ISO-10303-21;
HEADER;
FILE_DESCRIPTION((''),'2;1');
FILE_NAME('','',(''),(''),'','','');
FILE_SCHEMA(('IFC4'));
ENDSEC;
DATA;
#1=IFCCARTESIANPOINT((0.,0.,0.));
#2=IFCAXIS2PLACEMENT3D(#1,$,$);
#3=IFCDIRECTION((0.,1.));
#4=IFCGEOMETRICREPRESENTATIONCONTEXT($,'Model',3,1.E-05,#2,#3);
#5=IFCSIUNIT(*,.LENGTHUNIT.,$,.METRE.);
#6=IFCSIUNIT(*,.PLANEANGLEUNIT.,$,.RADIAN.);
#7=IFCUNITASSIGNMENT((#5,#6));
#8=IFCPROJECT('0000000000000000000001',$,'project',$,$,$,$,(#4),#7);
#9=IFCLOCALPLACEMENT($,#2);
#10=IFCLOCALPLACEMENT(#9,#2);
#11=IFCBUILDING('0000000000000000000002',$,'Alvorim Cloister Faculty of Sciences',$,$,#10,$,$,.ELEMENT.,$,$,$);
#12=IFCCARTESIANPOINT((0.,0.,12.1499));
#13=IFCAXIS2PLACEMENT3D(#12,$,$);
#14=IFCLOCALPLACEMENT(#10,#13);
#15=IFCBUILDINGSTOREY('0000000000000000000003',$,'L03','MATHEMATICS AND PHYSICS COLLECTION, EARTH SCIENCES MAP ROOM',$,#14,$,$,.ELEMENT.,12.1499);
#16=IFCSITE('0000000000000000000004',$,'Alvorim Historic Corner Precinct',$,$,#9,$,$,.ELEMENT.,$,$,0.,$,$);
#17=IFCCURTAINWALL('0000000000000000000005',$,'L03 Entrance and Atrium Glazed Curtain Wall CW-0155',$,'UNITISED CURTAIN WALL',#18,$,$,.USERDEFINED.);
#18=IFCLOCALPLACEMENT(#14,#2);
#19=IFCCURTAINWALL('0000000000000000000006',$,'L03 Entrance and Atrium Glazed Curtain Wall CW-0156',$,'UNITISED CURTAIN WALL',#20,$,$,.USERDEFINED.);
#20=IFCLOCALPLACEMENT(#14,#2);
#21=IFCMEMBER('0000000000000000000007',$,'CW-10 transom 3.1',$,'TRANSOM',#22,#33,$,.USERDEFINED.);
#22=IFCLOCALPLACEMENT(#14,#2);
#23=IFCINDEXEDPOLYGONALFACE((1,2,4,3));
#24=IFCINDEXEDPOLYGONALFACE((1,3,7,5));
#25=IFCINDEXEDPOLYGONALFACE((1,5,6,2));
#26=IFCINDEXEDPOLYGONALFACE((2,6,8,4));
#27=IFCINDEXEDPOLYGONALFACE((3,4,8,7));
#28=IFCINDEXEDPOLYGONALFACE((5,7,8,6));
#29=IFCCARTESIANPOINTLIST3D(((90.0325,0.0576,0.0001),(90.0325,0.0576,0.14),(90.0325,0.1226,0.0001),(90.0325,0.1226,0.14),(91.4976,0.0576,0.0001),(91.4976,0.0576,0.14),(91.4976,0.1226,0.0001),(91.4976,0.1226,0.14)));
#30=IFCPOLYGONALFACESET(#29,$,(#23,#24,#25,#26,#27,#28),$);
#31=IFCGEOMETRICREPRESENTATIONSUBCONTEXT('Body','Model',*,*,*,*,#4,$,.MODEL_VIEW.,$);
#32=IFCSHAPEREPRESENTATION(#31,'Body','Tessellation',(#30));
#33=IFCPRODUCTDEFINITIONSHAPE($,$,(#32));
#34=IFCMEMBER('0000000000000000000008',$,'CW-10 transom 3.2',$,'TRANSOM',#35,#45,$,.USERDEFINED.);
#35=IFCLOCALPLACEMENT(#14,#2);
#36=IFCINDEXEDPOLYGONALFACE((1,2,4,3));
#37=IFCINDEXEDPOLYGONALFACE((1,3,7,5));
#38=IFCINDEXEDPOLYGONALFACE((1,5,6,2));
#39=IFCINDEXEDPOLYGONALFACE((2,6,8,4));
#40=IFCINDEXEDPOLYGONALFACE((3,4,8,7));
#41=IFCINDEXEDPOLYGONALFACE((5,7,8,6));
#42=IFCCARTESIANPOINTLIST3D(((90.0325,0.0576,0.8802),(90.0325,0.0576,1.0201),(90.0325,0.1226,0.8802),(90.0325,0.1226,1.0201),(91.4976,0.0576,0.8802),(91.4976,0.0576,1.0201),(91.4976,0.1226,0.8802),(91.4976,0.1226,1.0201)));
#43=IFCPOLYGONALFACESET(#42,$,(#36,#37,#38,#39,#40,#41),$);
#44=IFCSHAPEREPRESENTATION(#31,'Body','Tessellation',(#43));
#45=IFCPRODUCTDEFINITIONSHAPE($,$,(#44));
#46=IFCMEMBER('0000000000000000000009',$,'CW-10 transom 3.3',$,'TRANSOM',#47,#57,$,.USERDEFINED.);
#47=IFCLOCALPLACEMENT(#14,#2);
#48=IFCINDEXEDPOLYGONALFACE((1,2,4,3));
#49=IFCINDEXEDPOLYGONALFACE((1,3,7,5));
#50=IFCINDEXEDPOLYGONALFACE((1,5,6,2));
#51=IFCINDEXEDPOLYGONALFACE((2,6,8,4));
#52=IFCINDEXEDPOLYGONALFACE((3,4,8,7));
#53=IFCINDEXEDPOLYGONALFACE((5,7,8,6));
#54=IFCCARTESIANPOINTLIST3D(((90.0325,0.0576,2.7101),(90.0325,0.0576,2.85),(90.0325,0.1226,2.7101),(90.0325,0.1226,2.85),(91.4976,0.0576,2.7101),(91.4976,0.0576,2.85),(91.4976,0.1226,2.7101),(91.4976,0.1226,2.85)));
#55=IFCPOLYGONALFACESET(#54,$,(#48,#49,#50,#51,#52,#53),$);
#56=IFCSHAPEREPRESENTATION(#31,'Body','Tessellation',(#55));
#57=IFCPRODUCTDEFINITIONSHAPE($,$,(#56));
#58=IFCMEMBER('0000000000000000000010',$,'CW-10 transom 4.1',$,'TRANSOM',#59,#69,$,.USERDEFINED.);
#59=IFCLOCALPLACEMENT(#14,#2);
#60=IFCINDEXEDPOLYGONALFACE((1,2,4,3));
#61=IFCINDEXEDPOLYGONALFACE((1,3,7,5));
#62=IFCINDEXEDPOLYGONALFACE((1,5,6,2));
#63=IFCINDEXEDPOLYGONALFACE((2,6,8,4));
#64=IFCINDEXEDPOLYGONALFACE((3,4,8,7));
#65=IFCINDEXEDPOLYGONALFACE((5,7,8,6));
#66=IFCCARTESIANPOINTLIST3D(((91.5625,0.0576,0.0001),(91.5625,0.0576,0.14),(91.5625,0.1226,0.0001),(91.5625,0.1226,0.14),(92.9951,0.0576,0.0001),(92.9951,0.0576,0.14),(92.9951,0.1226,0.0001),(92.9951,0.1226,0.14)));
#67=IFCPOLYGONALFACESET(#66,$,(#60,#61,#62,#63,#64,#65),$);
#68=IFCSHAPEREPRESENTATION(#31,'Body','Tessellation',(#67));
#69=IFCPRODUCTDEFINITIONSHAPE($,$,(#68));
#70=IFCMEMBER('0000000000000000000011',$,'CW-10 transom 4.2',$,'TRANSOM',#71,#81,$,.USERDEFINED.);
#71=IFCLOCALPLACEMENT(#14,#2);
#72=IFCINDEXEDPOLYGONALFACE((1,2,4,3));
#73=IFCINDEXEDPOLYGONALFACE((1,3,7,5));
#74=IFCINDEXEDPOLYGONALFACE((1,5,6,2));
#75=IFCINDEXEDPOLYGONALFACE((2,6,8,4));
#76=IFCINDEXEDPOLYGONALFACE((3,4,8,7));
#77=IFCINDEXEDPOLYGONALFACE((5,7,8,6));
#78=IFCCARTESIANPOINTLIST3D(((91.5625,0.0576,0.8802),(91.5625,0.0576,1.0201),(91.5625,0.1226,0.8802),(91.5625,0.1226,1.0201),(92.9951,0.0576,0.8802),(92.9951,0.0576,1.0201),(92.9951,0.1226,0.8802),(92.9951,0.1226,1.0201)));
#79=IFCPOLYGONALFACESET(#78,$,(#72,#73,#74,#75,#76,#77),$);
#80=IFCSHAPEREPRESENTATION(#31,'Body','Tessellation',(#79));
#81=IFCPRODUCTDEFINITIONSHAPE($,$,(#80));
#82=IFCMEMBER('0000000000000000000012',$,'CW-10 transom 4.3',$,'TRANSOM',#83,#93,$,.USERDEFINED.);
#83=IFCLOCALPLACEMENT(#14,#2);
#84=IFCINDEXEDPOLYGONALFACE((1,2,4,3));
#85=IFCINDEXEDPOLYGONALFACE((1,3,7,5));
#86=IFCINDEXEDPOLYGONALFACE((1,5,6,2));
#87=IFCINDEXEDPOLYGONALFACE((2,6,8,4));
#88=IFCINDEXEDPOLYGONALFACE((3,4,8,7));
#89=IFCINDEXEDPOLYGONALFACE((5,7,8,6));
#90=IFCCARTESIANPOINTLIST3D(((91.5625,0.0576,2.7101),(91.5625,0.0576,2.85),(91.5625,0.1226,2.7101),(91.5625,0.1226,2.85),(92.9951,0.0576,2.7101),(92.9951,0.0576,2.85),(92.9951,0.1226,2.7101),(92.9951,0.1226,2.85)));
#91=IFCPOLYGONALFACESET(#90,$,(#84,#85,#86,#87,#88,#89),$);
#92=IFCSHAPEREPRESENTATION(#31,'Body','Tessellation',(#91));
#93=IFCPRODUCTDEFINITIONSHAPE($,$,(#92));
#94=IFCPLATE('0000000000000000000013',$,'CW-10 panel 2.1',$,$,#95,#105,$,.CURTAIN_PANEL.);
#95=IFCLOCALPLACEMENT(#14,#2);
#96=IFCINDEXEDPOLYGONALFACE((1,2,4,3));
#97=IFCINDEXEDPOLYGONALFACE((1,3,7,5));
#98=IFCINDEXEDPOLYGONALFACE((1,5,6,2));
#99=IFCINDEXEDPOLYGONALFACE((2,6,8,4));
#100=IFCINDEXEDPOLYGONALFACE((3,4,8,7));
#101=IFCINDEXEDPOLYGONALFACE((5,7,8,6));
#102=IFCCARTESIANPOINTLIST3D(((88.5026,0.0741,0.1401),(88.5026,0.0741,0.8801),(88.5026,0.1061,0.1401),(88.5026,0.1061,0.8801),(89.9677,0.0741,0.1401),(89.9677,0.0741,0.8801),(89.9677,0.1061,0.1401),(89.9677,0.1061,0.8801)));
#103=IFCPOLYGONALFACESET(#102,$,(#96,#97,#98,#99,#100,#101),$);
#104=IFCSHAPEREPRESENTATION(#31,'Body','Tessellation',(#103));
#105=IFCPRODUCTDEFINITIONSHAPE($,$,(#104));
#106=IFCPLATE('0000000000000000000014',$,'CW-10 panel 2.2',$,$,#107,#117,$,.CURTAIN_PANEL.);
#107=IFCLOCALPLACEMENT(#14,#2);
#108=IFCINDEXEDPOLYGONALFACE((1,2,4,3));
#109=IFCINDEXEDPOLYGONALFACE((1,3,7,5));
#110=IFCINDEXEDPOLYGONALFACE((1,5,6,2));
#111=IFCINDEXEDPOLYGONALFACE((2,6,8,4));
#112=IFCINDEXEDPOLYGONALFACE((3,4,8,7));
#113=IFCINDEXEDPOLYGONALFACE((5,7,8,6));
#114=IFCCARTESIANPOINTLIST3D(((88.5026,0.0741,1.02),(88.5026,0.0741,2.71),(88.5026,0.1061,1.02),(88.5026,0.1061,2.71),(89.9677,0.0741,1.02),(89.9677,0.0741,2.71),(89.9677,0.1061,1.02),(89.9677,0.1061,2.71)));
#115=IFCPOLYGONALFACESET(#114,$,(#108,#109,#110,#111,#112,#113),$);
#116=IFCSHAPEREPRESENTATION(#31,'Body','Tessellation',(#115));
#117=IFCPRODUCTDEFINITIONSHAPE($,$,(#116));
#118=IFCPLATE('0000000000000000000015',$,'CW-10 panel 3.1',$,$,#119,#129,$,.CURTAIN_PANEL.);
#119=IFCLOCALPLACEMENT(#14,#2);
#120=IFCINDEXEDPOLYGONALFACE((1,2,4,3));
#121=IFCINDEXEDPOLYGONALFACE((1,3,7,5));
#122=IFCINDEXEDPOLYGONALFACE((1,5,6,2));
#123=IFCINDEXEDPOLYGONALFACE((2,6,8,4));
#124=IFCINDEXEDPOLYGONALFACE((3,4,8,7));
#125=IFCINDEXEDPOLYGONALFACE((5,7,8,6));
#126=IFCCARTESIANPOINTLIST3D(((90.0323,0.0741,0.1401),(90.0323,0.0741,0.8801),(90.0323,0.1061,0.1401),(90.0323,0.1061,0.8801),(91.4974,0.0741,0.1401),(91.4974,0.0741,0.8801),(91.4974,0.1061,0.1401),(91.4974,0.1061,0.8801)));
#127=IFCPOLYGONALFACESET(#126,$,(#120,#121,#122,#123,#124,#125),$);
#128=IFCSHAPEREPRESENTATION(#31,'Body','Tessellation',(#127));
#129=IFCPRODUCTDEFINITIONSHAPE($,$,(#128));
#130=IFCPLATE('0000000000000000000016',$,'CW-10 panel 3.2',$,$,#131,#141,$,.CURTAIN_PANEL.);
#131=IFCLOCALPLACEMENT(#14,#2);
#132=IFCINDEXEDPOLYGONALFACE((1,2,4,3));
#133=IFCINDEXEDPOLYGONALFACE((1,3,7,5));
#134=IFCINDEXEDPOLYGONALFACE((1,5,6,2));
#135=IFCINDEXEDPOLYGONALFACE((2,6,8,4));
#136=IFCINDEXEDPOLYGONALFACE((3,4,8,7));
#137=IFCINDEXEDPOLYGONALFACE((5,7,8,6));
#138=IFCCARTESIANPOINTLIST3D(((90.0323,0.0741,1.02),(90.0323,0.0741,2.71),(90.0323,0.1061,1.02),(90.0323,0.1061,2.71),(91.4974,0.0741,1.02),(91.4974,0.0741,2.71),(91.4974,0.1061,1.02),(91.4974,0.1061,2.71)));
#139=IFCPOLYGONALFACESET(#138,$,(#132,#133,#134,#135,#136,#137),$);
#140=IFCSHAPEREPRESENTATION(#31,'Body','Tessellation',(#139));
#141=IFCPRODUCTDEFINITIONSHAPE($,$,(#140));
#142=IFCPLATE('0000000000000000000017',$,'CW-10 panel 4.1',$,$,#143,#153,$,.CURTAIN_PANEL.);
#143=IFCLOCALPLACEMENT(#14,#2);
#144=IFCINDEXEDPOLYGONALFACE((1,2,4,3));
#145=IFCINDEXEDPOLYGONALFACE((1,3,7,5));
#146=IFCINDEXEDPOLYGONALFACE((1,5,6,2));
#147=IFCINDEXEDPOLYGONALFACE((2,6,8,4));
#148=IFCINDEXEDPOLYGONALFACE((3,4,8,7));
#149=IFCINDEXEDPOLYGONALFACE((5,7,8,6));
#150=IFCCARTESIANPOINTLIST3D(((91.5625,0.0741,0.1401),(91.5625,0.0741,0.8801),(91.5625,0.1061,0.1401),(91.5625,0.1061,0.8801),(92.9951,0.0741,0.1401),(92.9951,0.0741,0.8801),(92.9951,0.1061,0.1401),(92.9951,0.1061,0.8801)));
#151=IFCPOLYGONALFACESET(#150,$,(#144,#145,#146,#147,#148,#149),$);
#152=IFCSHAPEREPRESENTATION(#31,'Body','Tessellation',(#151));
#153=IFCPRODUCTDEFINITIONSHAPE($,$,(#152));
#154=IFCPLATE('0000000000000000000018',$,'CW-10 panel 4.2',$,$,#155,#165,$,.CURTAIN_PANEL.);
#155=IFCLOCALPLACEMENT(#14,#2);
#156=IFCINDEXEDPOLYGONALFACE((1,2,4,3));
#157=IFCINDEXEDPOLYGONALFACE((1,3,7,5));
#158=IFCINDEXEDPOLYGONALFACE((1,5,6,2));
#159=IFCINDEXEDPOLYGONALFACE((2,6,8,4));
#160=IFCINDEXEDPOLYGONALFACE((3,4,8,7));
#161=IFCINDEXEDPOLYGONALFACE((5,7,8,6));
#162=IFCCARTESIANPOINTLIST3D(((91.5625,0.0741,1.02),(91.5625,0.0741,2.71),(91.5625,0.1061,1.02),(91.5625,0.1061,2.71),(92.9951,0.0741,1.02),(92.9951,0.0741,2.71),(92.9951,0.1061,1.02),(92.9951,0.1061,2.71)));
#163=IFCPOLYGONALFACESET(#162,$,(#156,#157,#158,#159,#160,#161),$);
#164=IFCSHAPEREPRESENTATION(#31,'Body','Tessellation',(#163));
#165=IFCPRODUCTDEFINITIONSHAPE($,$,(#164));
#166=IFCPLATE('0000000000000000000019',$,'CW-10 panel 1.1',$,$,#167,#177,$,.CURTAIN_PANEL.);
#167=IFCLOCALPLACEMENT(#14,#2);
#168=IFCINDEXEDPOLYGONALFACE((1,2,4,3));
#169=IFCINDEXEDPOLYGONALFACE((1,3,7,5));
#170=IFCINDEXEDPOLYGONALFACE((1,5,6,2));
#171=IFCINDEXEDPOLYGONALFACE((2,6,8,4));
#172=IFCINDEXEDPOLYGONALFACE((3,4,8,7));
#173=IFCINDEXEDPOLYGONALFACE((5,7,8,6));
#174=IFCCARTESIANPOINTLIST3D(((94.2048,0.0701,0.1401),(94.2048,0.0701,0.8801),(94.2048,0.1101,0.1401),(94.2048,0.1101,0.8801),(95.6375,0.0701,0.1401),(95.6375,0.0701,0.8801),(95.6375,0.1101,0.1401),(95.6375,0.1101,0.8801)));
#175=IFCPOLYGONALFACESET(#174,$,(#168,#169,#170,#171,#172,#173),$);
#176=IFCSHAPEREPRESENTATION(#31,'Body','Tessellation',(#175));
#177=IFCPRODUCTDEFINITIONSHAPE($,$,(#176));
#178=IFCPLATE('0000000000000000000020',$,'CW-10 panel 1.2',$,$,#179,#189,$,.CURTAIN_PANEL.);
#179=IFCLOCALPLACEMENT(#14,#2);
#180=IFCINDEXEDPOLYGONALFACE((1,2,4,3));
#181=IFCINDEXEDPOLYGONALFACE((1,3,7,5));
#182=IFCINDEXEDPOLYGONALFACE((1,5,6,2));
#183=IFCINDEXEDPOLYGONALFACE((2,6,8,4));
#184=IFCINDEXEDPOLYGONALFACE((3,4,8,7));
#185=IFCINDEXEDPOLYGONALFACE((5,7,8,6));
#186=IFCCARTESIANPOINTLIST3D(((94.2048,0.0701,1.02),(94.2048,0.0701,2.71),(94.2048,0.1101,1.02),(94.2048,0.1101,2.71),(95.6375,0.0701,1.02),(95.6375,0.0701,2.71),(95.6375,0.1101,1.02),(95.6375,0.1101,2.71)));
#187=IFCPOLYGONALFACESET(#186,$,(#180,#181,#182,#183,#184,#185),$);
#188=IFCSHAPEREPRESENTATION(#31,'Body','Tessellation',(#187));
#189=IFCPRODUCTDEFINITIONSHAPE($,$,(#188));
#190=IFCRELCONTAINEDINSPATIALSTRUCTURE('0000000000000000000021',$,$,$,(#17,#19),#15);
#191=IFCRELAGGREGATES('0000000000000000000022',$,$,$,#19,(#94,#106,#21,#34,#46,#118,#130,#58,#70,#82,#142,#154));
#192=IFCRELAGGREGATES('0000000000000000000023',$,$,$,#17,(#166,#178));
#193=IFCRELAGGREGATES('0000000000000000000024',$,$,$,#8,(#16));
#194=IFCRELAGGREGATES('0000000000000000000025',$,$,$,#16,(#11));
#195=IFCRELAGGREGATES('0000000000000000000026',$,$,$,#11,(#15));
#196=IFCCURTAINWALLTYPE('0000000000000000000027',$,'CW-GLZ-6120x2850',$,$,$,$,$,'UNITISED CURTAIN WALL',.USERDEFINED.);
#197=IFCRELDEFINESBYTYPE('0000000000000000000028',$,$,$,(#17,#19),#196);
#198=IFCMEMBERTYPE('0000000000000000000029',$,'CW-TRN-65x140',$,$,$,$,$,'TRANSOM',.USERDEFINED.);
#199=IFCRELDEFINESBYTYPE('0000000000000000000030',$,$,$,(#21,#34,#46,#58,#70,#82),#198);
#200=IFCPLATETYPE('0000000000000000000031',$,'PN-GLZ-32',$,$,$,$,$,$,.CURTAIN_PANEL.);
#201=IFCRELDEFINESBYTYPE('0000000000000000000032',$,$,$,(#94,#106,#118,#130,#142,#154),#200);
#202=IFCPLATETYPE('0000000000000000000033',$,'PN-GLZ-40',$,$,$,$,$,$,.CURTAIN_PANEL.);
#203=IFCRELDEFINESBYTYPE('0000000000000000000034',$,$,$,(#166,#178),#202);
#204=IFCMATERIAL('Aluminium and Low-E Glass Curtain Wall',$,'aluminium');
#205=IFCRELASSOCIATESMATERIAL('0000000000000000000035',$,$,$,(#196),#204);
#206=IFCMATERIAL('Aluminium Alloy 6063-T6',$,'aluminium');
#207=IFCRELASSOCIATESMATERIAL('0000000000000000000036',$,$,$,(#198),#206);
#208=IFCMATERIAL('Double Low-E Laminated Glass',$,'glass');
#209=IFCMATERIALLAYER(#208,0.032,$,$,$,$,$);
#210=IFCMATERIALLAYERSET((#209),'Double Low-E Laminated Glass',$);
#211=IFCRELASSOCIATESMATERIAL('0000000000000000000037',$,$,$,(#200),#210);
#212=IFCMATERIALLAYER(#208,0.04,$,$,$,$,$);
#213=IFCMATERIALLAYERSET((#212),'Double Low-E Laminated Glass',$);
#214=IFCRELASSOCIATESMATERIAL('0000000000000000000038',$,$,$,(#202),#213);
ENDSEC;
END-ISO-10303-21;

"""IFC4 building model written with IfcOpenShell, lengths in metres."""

from ifc_helpers import new_model, si_unit, direction, frame, origin, origin_2d, place, context, subcontext, project, spatial, rectangle, extrude, material, layer, layer_set, material_profile, profile_set, type_object, element, aggregate, save


model = new_model("IFC4")

# Units and contexts
model_context = context("Model", 3, precision=1e-05, world=origin(), true_north=direction((0.0, 1.0)))
body_context = subcontext(model_context, "Body", "Model", "MODEL_VIEW")
ifc_project = project(units=[si_unit("LENGTHUNIT", "METRE"), si_unit("PLANEANGLEUNIT", "RADIAN")], contexts=[model_context])

# Site, building, storey
site_placement = place(None, origin())
site = spatial("IfcSite", under=ifc_project, at=site_placement, Name="Alvorim Historic Corner Precinct", CompositionType="ELEMENT", RefElevation=0.0)
building_placement = place(site_placement, origin())
building = spatial("IfcBuilding", under=site, at=building_placement, Name="Alvorim Cloister Faculty of Sciences", CompositionType="ELEMENT")
storey_placement = place(building_placement, frame((0.0, 0.0, 12.1499)))
storey = spatial("IfcBuildingStorey", under=building, at=storey_placement, Name="L03", Description="MATHEMATICS AND PHYSICS COLLECTION, EARTH SCIENCES MAP ROOM", CompositionType="ELEMENT", Elevation=12.1499)

# Curtain walls
ifc_material_1 = material(Name="Aluminium and Low-E Glass Curtain Wall", Category="aluminium")
curtain_wall_type = type_object("IfcCurtainWallType", Name="CW-GLZ-6120x2850", ElementType="UNITISED CURTAIN WALL", PredefinedType="USERDEFINED", material=ifc_material_1)
curtain_wall_1_placement = place(storey_placement, origin())
curtain_wall_1 = element("IfcCurtainWall", 1, at=curtain_wall_1_placement, inside=storey, type_object=curtain_wall_type, Name="L03 Entrance and Atrium Glazed Curtain Wall CW-0155", ObjectType="UNITISED CURTAIN WALL", PredefinedType="USERDEFINED")
ifc_material_2 = material(Name="Aluminium Alloy 6063-T6", Category="aluminium")
curtain_wall_2_placement = place(storey_placement, origin())
curtain_wall_2 = element("IfcCurtainWall", 2, at=curtain_wall_2_placement, inside=storey, type_object=curtain_wall_type, Name="L03 Entrance and Atrium Glazed Curtain Wall CW-0156", ObjectType="UNITISED CURTAIN WALL", PredefinedType="USERDEFINED")

# Members
ifc_material_profile_1 = material_profile(ifc_material_2, rectangle(XDim=0.0649, YDim=0.1399, at=origin_2d()), Name="ALU-TRN-65x140")
ifc_profile_set_1 = profile_set([ifc_material_profile_1], Name="Aluminium Alloy 6063-T6")
member_type_1 = type_object("IfcMemberType", Name="CW-TRN-65x140", ElementType="TRANSOM", PredefinedType="USERDEFINED", material=ifc_profile_set_1)
member_1_placement = place(storey_placement, frame((90.0325, 0.0901, 0.0701), z_axis=(1.0, 0.0, 0.0), x_axis=(0.0, 1.0, 0.0)))
member_1 = element("IfcMember", 3, at=member_1_placement, type_object=member_type_1, Name="CW-10 transom 3.1", ObjectType="TRANSOM", PredefinedType="USERDEFINED", context=body_context, shape_type="SweptSolid", body=[
    extrude(rectangle(XDim=0.0649, YDim=0.1399, at=origin_2d()), origin(), (0.0, 0.0, 1.0), 1.4651),
])
member_2_placement = place(storey_placement, frame((90.0325, 0.0901, 0.9502), z_axis=(1.0, 0.0, 0.0), x_axis=(0.0, 1.0, 0.0)))
member_2 = element("IfcMember", 4, at=member_2_placement, type_object=member_type_1, Name="CW-10 transom 3.2", ObjectType="TRANSOM", PredefinedType="USERDEFINED", context=body_context, shape_type="SweptSolid", body=[
    extrude(rectangle(XDim=0.0649, YDim=0.1399, at=origin_2d()), origin(), (0.0, 0.0, 1.0), 1.4651),
])
member_3_placement = place(storey_placement, frame((90.0325, 0.0901, 2.78), z_axis=(1.0, 0.0, 0.0), x_axis=(0.0, 1.0, 0.0)))
member_3 = element("IfcMember", 5, at=member_3_placement, type_object=member_type_1, Name="CW-10 transom 3.3", ObjectType="TRANSOM", PredefinedType="USERDEFINED", context=body_context, shape_type="SweptSolid", body=[
    extrude(rectangle(XDim=0.0649, YDim=0.1399, at=origin_2d()), origin(), (0.0, 0.0, 1.0), 1.4651),
])
member_4_placement = place(storey_placement, frame((91.5625, 0.0901, 0.0701), z_axis=(1.0, 0.0, 0.0), x_axis=(0.0, 1.0, 0.0)))
member_4 = element("IfcMember", 6, at=member_4_placement, type_object=member_type_1, Name="CW-10 transom 4.1", ObjectType="TRANSOM", PredefinedType="USERDEFINED", context=body_context, shape_type="SweptSolid", body=[
    extrude(rectangle(XDim=0.0649, YDim=0.1399, at=origin_2d()), origin(), (0.0, 0.0, 1.0), 1.4326),
])
member_5_placement = place(storey_placement, frame((91.5625, 0.0901, 0.9502), z_axis=(1.0, 0.0, 0.0), x_axis=(0.0, 1.0, 0.0)))
member_5 = element("IfcMember", 7, at=member_5_placement, type_object=member_type_1, Name="CW-10 transom 4.2", ObjectType="TRANSOM", PredefinedType="USERDEFINED", context=body_context, shape_type="SweptSolid", body=[
    extrude(rectangle(XDim=0.0649, YDim=0.1399, at=origin_2d()), origin(), (0.0, 0.0, 1.0), 1.4326),
])
member_6_placement = place(storey_placement, frame((91.5625, 0.0901, 2.78), z_axis=(1.0, 0.0, 0.0), x_axis=(0.0, 1.0, 0.0)))
member_6 = element("IfcMember", 8, at=member_6_placement, type_object=member_type_1, Name="CW-10 transom 4.3", ObjectType="TRANSOM", PredefinedType="USERDEFINED", context=body_context, shape_type="SweptSolid", body=[
    extrude(rectangle(XDim=0.0649, YDim=0.1399, at=origin_2d()), origin(), (0.0, 0.0, 1.0), 1.4326),
])

# Plates
ifc_material_3 = material(Name="Double Low-E Laminated Glass", Category="glass")
ifc_layer_1 = layer(ifc_material_3, 0.032)
ifc_layer_set_1 = layer_set([ifc_layer_1], Name="Double Low-E Laminated Glass")
plate_type_1 = type_object("IfcPlateType", Name="PN-GLZ-32", PredefinedType="CURTAIN_PANEL", material=ifc_layer_set_1)
plate_1_placement = place(storey_placement, frame((89.2351, 0.0901, 0.1401), z_axis=(0.0, 0.0, 1.0), x_axis=(1.0, 0.0, 0.0)))
plate_1 = element("IfcPlate", 9, at=plate_1_placement, type_object=plate_type_1, Name="CW-10 panel 2.1", PredefinedType="CURTAIN_PANEL", context=body_context, shape_type="SweptSolid", body=[
    extrude(rectangle(XDim=1.4651, YDim=0.032, at=origin_2d()), origin(), (0.0, 0.0, 1.0), 0.74),
])
plate_2_placement = place(storey_placement, frame((89.2351, 0.0901, 1.02), z_axis=(0.0, 0.0, 1.0), x_axis=(1.0, 0.0, 0.0)))
plate_2 = element("IfcPlate", 10, at=plate_2_placement, type_object=plate_type_1, Name="CW-10 panel 2.2", PredefinedType="CURTAIN_PANEL", context=body_context, shape_type="SweptSolid", body=[
    extrude(rectangle(XDim=1.4651, YDim=0.032, at=origin_2d()), origin(), (0.0, 0.0, 1.0), 1.6899),
])
plate_3_placement = place(storey_placement, frame((90.7649, 0.0901, 0.1401), z_axis=(0.0, 0.0, 1.0), x_axis=(1.0, 0.0, 0.0)))
plate_3 = element("IfcPlate", 11, at=plate_3_placement, type_object=plate_type_1, Name="CW-10 panel 3.1", PredefinedType="CURTAIN_PANEL", context=body_context, shape_type="SweptSolid", body=[
    extrude(rectangle(XDim=1.4651, YDim=0.032, at=origin_2d()), origin(), (0.0, 0.0, 1.0), 0.74),
])
plate_4_placement = place(storey_placement, frame((90.7649, 0.0901, 1.02), z_axis=(0.0, 0.0, 1.0), x_axis=(1.0, 0.0, 0.0)))
plate_4 = element("IfcPlate", 12, at=plate_4_placement, type_object=plate_type_1, Name="CW-10 panel 3.2", PredefinedType="CURTAIN_PANEL", context=body_context, shape_type="SweptSolid", body=[
    extrude(rectangle(XDim=1.4651, YDim=0.032, at=origin_2d()), origin(), (0.0, 0.0, 1.0), 1.6899),
])
plate_5_placement = place(storey_placement, frame((92.2788, 0.0901, 0.1401), z_axis=(0.0, 0.0, 1.0), x_axis=(1.0, 0.0, 0.0)))
plate_5 = element("IfcPlate", 13, at=plate_5_placement, type_object=plate_type_1, Name="CW-10 panel 4.1", PredefinedType="CURTAIN_PANEL", context=body_context, shape_type="SweptSolid", body=[
    extrude(rectangle(XDim=1.4326, YDim=0.032, at=origin_2d()), origin(), (0.0, 0.0, 1.0), 0.74),
])
plate_6_placement = place(storey_placement, frame((92.2788, 0.0901, 1.02), z_axis=(0.0, 0.0, 1.0), x_axis=(1.0, 0.0, 0.0)))
plate_6 = element("IfcPlate", 14, at=plate_6_placement, type_object=plate_type_1, Name="CW-10 panel 4.2", PredefinedType="CURTAIN_PANEL", context=body_context, shape_type="SweptSolid", body=[
    extrude(rectangle(XDim=1.4326, YDim=0.032, at=origin_2d()), origin(), (0.0, 0.0, 1.0), 1.6899),
])
aggregate(curtain_wall_2, [plate_1, plate_2, member_1, member_2, member_3, plate_3, plate_4, member_4, member_5, member_6, plate_5, plate_6])
ifc_layer_2 = layer(ifc_material_3, 0.04)
ifc_layer_set_2 = layer_set([ifc_layer_2], Name="Double Low-E Laminated Glass")
plate_type_2 = type_object("IfcPlateType", Name="PN-GLZ-40", PredefinedType="CURTAIN_PANEL", material=ifc_layer_set_2)
plate_7_placement = place(storey_placement, frame((94.9211, 0.0901, 0.1401), z_axis=(0.0, 0.0, 1.0), x_axis=(1.0, 0.0, 0.0)))
plate_7 = element("IfcPlate", 15, at=plate_7_placement, type_object=plate_type_2, Name="CW-10 panel 1.1", PredefinedType="CURTAIN_PANEL", context=body_context, shape_type="SweptSolid", body=[
    extrude(rectangle(XDim=1.4326, YDim=0.04, at=origin_2d()), origin(), (0.0, 0.0, 1.0), 0.74),
])
plate_8_placement = place(storey_placement, frame((94.9211, 0.0901, 1.02), z_axis=(0.0, 0.0, 1.0), x_axis=(1.0, 0.0, 0.0)))
plate_8 = element("IfcPlate", 16, at=plate_8_placement, type_object=plate_type_2, Name="CW-10 panel 1.2", PredefinedType="CURTAIN_PANEL", context=body_context, shape_type="SweptSolid", body=[
    extrude(rectangle(XDim=1.4326, YDim=0.04, at=origin_2d()), origin(), (0.0, 0.0, 1.0), 1.6899),
])
aggregate(curtain_wall_1, [plate_7, plate_8])

save(model, "model.ifc")
